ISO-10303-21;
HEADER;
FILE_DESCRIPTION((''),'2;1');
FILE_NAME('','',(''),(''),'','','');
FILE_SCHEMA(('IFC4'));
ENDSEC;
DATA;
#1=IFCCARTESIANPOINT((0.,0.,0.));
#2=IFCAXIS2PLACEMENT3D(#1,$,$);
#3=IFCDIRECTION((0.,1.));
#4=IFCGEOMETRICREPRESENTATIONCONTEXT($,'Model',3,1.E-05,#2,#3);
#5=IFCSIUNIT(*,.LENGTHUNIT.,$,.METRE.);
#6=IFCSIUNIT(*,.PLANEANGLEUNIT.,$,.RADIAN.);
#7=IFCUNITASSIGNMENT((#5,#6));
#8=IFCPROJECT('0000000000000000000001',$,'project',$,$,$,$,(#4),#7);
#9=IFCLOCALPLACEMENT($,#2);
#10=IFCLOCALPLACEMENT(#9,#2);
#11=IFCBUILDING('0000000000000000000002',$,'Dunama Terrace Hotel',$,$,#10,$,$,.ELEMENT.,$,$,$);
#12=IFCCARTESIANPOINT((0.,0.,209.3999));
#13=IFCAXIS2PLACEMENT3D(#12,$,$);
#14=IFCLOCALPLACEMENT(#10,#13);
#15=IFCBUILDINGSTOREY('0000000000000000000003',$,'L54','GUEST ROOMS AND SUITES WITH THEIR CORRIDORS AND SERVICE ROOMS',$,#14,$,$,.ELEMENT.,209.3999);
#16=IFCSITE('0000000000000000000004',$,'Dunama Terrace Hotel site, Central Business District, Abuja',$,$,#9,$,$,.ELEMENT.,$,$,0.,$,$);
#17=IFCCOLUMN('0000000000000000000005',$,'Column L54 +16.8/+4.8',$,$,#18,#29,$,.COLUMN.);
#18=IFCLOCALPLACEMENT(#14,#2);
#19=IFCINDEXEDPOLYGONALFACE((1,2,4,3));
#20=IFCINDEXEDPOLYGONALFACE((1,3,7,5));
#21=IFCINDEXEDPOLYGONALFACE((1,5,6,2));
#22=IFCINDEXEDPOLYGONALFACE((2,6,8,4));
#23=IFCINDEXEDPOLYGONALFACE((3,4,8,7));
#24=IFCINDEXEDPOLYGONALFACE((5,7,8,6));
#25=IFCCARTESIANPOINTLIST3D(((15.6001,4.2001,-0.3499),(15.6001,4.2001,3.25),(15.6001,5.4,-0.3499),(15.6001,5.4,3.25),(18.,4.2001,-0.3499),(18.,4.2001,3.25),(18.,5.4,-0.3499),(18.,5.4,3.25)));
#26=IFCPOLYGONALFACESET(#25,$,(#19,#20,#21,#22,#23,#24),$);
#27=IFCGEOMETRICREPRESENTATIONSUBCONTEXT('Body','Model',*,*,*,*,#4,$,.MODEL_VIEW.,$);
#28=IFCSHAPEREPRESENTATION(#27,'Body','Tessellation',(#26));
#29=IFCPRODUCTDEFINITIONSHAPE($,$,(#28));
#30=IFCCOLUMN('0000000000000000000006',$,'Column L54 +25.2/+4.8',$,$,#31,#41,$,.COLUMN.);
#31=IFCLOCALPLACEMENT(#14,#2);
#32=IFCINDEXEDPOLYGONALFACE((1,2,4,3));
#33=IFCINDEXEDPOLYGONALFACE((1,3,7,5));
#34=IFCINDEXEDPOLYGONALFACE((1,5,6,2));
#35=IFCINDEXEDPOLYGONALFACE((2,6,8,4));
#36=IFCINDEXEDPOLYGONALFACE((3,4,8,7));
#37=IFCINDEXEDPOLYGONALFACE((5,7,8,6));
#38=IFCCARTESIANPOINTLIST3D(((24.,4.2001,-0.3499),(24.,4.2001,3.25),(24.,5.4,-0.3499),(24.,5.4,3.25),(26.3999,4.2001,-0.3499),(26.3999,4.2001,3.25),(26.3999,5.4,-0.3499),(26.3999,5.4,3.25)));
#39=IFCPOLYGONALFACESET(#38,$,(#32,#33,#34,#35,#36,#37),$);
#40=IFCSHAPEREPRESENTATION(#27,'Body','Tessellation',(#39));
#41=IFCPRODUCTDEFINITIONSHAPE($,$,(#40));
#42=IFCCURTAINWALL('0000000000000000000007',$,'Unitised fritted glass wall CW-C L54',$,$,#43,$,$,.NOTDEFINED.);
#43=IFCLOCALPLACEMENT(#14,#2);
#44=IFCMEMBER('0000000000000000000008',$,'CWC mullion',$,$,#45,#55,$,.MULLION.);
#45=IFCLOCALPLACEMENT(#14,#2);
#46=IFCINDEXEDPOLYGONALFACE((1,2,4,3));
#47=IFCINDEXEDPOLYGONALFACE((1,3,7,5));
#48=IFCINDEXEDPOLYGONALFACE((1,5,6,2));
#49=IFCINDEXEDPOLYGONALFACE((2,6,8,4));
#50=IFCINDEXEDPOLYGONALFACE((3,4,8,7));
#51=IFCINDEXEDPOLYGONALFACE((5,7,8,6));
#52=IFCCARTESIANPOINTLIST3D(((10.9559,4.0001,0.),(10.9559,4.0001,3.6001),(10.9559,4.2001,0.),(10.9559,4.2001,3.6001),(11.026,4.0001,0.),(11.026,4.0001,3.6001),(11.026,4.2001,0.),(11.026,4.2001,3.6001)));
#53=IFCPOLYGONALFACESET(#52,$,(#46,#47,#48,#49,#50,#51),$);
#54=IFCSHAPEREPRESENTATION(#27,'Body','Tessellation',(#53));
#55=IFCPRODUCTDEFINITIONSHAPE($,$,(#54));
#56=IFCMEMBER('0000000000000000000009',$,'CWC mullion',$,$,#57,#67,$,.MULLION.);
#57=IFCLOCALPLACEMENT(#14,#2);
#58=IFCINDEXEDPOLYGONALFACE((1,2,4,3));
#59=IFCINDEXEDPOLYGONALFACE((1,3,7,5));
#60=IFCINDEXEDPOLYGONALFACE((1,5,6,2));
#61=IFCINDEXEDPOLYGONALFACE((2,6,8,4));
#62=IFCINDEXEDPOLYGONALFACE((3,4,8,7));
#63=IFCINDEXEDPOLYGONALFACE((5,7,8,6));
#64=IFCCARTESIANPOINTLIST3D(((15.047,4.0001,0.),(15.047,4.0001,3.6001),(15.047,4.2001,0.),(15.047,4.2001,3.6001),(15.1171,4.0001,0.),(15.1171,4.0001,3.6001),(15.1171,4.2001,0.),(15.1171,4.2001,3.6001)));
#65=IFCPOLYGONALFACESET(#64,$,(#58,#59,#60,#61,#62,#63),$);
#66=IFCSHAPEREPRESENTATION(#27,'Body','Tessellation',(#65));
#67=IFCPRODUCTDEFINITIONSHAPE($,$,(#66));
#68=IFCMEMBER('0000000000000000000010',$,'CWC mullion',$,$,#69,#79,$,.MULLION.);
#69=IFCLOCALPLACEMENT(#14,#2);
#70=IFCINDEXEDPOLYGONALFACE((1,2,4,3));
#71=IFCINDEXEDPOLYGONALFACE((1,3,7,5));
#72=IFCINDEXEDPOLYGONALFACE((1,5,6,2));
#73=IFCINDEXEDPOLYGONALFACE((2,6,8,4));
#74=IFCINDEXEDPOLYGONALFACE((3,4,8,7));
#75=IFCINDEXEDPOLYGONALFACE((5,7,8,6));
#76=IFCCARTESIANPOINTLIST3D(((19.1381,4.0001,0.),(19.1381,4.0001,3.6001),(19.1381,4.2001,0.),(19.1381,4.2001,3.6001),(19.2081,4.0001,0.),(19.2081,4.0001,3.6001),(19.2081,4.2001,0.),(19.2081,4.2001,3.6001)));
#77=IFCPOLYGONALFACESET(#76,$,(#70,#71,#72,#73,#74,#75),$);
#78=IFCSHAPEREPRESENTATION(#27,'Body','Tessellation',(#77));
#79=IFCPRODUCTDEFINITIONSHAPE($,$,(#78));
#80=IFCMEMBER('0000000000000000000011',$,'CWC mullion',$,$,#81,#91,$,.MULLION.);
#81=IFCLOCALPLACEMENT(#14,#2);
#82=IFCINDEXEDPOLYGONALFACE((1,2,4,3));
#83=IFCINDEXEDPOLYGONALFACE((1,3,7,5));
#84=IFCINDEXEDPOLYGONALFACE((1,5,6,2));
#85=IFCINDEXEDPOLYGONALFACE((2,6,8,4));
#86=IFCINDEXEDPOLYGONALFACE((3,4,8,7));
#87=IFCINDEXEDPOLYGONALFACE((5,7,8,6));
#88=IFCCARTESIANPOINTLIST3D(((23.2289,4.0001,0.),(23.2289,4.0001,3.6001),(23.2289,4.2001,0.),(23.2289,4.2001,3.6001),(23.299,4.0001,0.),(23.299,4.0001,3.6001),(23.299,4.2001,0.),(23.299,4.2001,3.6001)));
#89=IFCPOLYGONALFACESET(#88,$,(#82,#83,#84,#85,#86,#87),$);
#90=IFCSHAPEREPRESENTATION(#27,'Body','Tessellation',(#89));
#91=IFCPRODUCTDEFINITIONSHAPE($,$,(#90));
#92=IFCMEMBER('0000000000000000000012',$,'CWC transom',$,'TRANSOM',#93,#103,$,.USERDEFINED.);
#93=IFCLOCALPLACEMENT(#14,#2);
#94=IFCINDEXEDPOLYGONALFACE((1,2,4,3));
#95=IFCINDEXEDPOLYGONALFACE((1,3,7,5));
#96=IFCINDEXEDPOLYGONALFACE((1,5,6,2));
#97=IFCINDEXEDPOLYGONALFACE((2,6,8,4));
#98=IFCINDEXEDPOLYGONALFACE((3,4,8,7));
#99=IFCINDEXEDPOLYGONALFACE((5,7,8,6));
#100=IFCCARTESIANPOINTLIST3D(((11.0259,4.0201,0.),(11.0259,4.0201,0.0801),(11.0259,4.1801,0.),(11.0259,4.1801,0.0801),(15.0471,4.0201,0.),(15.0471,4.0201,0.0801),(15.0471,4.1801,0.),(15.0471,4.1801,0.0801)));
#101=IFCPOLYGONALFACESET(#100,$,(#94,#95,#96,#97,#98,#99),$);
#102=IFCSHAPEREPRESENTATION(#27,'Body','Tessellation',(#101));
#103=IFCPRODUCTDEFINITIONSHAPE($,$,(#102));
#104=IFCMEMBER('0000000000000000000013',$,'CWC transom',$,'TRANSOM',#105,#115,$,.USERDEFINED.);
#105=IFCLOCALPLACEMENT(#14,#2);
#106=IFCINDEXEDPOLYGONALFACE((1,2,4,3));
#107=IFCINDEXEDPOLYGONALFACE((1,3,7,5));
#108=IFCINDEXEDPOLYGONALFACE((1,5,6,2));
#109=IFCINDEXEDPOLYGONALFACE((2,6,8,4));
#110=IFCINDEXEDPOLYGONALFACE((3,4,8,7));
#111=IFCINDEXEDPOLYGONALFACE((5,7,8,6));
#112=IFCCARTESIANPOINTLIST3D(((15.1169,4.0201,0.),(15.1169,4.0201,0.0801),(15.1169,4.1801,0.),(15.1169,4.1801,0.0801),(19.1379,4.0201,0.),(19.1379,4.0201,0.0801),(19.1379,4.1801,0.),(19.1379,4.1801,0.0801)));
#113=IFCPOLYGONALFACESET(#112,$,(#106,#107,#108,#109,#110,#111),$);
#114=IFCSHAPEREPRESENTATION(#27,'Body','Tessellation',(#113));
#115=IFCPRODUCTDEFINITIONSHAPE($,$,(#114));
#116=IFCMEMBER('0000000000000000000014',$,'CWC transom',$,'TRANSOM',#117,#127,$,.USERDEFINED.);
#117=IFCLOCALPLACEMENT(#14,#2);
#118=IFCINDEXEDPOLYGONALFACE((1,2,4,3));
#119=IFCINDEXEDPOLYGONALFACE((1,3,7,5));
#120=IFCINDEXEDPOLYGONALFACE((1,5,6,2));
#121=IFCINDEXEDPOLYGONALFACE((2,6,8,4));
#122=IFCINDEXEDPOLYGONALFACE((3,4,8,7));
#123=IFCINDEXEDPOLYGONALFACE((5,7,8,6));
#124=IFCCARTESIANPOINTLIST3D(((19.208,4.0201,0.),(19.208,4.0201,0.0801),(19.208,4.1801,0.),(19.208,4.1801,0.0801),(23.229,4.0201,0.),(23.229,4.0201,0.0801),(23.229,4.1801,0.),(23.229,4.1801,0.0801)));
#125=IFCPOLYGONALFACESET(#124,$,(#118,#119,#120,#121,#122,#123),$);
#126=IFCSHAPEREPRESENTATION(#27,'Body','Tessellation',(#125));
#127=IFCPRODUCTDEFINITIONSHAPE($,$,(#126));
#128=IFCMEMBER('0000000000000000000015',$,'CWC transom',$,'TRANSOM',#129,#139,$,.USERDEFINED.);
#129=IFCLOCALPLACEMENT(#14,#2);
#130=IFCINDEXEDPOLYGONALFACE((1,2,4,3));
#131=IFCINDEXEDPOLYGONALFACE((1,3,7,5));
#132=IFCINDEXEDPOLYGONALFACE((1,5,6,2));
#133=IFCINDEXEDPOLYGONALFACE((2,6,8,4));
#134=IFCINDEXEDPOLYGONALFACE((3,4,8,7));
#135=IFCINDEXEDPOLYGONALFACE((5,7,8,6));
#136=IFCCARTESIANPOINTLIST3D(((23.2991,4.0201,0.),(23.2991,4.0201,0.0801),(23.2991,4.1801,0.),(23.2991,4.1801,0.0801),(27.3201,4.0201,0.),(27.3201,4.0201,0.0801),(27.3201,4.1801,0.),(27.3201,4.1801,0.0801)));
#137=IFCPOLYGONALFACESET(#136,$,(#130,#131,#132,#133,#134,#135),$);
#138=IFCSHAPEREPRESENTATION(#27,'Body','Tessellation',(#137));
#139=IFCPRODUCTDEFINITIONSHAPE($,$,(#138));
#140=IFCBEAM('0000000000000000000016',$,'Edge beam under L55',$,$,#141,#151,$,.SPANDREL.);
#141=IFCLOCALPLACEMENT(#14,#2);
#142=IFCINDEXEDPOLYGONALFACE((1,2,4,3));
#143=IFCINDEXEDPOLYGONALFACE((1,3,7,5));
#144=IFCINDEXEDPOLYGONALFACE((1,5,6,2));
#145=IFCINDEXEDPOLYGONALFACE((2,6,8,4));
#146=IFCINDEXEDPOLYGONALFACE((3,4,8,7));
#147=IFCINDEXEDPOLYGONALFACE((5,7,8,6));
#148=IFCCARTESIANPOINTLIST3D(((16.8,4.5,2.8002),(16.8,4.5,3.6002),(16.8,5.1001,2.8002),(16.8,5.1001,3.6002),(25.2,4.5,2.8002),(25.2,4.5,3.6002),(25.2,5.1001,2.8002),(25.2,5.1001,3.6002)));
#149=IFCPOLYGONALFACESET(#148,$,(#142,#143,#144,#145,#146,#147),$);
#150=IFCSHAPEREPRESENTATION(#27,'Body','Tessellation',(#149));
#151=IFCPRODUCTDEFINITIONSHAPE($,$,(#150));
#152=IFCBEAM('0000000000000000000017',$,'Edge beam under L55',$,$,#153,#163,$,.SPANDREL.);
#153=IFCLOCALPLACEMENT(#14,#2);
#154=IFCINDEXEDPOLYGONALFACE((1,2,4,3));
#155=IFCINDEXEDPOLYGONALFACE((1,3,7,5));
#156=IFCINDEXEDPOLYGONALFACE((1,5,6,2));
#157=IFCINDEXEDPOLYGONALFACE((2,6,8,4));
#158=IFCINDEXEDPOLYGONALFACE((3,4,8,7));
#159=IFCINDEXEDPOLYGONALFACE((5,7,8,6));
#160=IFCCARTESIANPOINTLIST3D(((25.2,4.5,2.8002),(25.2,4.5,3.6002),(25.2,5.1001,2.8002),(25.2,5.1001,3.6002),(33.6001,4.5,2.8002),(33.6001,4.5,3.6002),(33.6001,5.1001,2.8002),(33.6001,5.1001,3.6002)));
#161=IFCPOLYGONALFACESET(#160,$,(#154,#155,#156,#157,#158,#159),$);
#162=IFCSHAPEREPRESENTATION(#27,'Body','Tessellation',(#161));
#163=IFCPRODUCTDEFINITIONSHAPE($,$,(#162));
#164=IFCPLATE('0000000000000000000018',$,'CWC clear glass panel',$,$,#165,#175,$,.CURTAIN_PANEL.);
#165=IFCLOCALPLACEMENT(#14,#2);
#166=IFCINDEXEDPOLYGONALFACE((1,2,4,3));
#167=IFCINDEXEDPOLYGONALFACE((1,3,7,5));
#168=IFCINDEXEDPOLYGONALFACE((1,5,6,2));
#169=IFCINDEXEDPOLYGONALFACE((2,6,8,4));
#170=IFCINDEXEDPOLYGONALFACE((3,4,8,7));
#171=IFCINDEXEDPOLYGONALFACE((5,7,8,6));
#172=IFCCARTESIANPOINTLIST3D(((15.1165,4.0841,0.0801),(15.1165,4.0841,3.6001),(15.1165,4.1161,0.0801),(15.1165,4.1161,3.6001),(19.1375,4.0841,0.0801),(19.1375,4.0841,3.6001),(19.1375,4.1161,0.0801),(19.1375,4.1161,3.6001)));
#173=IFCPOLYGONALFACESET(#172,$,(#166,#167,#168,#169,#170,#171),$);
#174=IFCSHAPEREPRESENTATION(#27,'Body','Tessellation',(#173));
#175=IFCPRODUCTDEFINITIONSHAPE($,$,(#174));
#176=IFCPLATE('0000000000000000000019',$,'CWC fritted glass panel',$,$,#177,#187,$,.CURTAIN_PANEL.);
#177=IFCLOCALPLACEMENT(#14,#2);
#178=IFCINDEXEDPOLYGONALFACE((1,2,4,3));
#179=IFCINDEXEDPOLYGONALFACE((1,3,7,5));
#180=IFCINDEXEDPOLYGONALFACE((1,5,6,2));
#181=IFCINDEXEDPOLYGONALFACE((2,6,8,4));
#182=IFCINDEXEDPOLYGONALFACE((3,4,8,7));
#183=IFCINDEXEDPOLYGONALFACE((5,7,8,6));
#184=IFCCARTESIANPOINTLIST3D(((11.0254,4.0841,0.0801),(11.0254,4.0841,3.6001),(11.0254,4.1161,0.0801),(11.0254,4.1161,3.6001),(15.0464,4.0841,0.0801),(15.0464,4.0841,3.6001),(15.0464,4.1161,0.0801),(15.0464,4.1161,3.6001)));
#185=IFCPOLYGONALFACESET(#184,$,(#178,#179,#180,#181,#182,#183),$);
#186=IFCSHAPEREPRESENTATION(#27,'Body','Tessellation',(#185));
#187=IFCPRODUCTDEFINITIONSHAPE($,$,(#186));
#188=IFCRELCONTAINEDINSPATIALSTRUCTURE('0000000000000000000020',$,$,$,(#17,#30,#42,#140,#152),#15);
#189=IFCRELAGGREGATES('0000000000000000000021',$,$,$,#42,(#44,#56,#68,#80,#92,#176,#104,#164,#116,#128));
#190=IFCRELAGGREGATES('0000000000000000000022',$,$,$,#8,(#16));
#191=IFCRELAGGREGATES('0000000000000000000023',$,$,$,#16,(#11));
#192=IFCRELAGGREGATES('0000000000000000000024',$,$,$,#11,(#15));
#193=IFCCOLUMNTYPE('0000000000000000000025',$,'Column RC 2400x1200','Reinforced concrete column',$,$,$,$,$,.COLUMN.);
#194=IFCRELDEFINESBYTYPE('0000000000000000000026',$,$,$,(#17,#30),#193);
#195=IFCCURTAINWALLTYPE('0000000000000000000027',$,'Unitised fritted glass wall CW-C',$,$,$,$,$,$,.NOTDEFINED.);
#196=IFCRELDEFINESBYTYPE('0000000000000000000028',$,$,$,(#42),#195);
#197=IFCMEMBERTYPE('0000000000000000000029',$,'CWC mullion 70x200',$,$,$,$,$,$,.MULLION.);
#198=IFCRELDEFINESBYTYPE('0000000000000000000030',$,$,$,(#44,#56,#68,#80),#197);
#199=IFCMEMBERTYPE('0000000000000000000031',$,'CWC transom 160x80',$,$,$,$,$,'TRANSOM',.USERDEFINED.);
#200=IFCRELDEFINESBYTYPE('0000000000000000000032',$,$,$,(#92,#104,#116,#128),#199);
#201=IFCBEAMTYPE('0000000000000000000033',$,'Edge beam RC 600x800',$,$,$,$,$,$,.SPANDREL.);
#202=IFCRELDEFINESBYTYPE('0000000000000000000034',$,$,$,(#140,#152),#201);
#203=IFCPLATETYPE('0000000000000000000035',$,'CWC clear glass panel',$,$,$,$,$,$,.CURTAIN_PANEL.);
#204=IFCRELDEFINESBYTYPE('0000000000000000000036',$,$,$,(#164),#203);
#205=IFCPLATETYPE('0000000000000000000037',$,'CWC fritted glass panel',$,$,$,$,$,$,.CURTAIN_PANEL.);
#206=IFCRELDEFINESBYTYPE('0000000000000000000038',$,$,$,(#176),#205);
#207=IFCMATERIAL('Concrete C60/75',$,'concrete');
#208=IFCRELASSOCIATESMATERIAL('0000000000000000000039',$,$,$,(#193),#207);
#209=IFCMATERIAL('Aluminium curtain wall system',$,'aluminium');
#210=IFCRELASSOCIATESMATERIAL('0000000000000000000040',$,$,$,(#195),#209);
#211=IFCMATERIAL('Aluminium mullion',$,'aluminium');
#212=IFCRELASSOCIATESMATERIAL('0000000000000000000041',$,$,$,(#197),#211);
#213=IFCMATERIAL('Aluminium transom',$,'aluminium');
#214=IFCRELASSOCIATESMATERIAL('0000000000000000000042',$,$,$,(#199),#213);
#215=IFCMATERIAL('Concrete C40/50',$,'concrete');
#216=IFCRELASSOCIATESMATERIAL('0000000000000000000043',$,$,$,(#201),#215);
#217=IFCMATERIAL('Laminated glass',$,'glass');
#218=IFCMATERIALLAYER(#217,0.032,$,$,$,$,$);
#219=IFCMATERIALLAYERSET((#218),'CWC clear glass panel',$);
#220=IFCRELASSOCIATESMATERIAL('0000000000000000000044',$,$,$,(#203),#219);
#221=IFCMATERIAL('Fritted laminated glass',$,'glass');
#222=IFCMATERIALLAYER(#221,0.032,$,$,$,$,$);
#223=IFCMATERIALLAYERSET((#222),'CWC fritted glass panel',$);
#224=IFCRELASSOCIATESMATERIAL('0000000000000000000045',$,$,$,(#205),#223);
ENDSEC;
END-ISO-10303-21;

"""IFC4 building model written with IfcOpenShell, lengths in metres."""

from ifc_helpers import new_model, si_unit, direction, frame, origin, origin_2d, place, context, subcontext, project, spatial, rectangle, extrude, material, layer, layer_set, material_profile, profile_set, type_object, element, aggregate, save


model = new_model("IFC4")

# Units and contexts
model_context = context("Model", 3, precision=1e-05, world=origin(), true_north=direction((0.0, 1.0)))
body_context = subcontext(model_context, "Body", "Model", "MODEL_VIEW")
ifc_project = project(units=[si_unit("LENGTHUNIT", "METRE"), si_unit("PLANEANGLEUNIT", "RADIAN")], contexts=[model_context])

# Site, building, storey
site_placement = place(None, origin())
site = spatial("IfcSite", under=ifc_project, at=site_placement, Name="Dunama Terrace Hotel site, Central Business District, Abuja", CompositionType="ELEMENT", RefElevation=0.0)
building_placement = place(site_placement, origin())
building = spatial("IfcBuilding", under=site, at=building_placement, Name="Dunama Terrace Hotel", CompositionType="ELEMENT")
storey_placement = place(building_placement, frame((0.0, 0.0, 209.3999)))
storey = spatial("IfcBuildingStorey", under=building, at=storey_placement, Name="L54", Description="GUEST ROOMS AND SUITES WITH THEIR CORRIDORS AND SERVICE ROOMS", CompositionType="ELEMENT", Elevation=209.3999)

# Columns
ifc_material_1 = material(Name="Concrete C60/75", Category="concrete")
ifc_material_profile_1 = material_profile(ifc_material_1, rectangle(XDim=2.3999, YDim=1.2, at=origin_2d()), Name="RC 2400x1200")
ifc_profile_set_1 = profile_set([ifc_material_profile_1], Name="Concrete C60/75")
column_type = type_object("IfcColumnType", Name="Column RC 2400x1200", Description="Reinforced concrete column", PredefinedType="COLUMN", material=ifc_profile_set_1)
for number, where, z_axis, x_axis, name in (
    (1, (16.8, 4.8, -0.3499), (0.0, 0.0, 1.0), (1.0, 0.0, 0.0), "Column L54 +16.8/+4.8"),
    (2, (25.2, 4.8, -0.3499), (0.0, 0.0, 1.0), (1.0, 0.0, 0.0), "Column L54 +25.2/+4.8"),
):
    element("IfcColumn", number, at=place(storey_placement, frame(where, z_axis=z_axis, x_axis=x_axis)), inside=storey, type_object=column_type, Name=name, PredefinedType="COLUMN", context=body_context, shape_type="SweptSolid", body=[
        extrude(rectangle(XDim=2.3999, YDim=1.2, at=origin_2d()), origin(), (0.0, 0.0, 1.0), 3.5999),
    ])

# Curtain wall, members
ifc_material_2 = material(Name="Aluminium curtain wall system", Category="aluminium")
curtain_wall_type = type_object("IfcCurtainWallType", Name="Unitised fritted glass wall CW-C", PredefinedType="NOTDEFINED", material=ifc_material_2)
curtain_wall_placement = place(storey_placement, origin())
curtain_wall = element("IfcCurtainWall", 3, at=curtain_wall_placement, inside=storey, type_object=curtain_wall_type, Name="Unitised fritted glass wall CW-C L54", PredefinedType="NOTDEFINED")
ifc_material_3 = material(Name="Aluminium mullion", Category="aluminium")
ifc_material_profile_2 = material_profile(ifc_material_3, rectangle(XDim=0.0701, YDim=0.2, at=origin_2d()), Name="CWC MULLION 70X200")
ifc_profile_set_2 = profile_set([ifc_material_profile_2], Name="Aluminium mullion")
member_type_1 = type_object("IfcMemberType", Name="CWC mullion 70x200", PredefinedType="MULLION", material=ifc_profile_set_2)
member_1_placement = place(storey_placement, frame((10.991, 4.1001, 0.0), z_axis=(0.0, 0.0, 1.0), x_axis=(1.0, 0.0, 0.0)))
member_1 = element("IfcMember", 4, at=member_1_placement, type_object=member_type_1, Name="CWC mullion", PredefinedType="MULLION", context=body_context, shape_type="SweptSolid", body=[
    extrude(rectangle(XDim=0.0701, YDim=0.2, at=origin_2d()), origin(), (0.0, 0.0, 1.0), 3.6001),
])
member_2_placement = place(storey_placement, frame((15.082, 4.1001, 0.0), z_axis=(0.0, 0.0, 1.0), x_axis=(1.0, 0.0, 0.0)))
member_2 = element("IfcMember", 5, at=member_2_placement, type_object=member_type_1, Name="CWC mullion", PredefinedType="MULLION", context=body_context, shape_type="SweptSolid", body=[
    extrude(rectangle(XDim=0.0701, YDim=0.2, at=origin_2d()), origin(), (0.0, 0.0, 1.0), 3.6001),
])
member_3_placement = place(storey_placement, frame((19.1731, 4.1001, 0.0), z_axis=(0.0, 0.0, 1.0), x_axis=(1.0, 0.0, 0.0)))
member_3 = element("IfcMember", 6, at=member_3_placement, type_object=member_type_1, Name="CWC mullion", PredefinedType="MULLION", context=body_context, shape_type="SweptSolid", body=[
    extrude(rectangle(XDim=0.0701, YDim=0.2, at=origin_2d()), origin(), (0.0, 0.0, 1.0), 3.6001),
])
member_4_placement = place(storey_placement, frame((23.2639, 4.1001, 0.0), z_axis=(0.0, 0.0, 1.0), x_axis=(1.0, 0.0, 0.0)))
member_4 = element("IfcMember", 7, at=member_4_placement, type_object=member_type_1, Name="CWC mullion", PredefinedType="MULLION", context=body_context, shape_type="SweptSolid", body=[
    extrude(rectangle(XDim=0.0701, YDim=0.2, at=origin_2d()), origin(), (0.0, 0.0, 1.0), 3.6001),
])
ifc_material_4 = material(Name="Aluminium transom", Category="aluminium")
ifc_material_profile_3 = material_profile(ifc_material_4, rectangle(XDim=0.1599, YDim=0.0801, at=origin_2d()), Name="CWC TRANSOM 160X80")
ifc_profile_set_3 = profile_set([ifc_material_profile_3], Name="Aluminium transom")
member_type_2 = type_object("IfcMemberType", Name="CWC transom 160x80", ElementType="TRANSOM", PredefinedType="USERDEFINED", material=ifc_profile_set_3)
member_5_placement = place(storey_placement, frame((11.0259, 4.1001, 0.04), z_axis=(1.0, 0.0, 0.0), x_axis=(0.0, 1.0, 0.0)))
member_5 = element("IfcMember", 8, at=member_5_placement, type_object=member_type_2, Name="CWC transom", ObjectType="TRANSOM", PredefinedType="USERDEFINED", context=body_context, shape_type="SweptSolid", body=[
    extrude(rectangle(XDim=0.1599, YDim=0.0801, at=origin_2d()), origin(), (0.0, 0.0, 1.0), 4.0212),
])
member_6_placement = place(storey_placement, frame((15.1169, 4.1001, 0.04), z_axis=(1.0, 0.0, 0.0), x_axis=(0.0, 1.0, 0.0)))
member_6 = element("IfcMember", 9, at=member_6_placement, type_object=member_type_2, Name="CWC transom", ObjectType="TRANSOM", PredefinedType="USERDEFINED", context=body_context, shape_type="SweptSolid", body=[
    extrude(rectangle(XDim=0.1599, YDim=0.0801, at=origin_2d()), origin(), (0.0, 0.0, 1.0), 4.021),
])
member_7_placement = place(storey_placement, frame((19.208, 4.1001, 0.04), z_axis=(1.0, 0.0, 0.0), x_axis=(0.0, 1.0, 0.0)))
member_7 = element("IfcMember", 10, at=member_7_placement, type_object=member_type_2, Name="CWC transom", ObjectType="TRANSOM", PredefinedType="USERDEFINED", context=body_context, shape_type="SweptSolid", body=[
    extrude(rectangle(XDim=0.1599, YDim=0.0801, at=origin_2d()), origin(), (0.0, 0.0, 1.0), 4.021),
])
member_8_placement = place(storey_placement, frame((23.2991, 4.1001, 0.04), z_axis=(1.0, 0.0, 0.0), x_axis=(0.0, 1.0, 0.0)))
member_8 = element("IfcMember", 11, at=member_8_placement, type_object=member_type_2, Name="CWC transom", ObjectType="TRANSOM", PredefinedType="USERDEFINED", context=body_context, shape_type="SweptSolid", body=[
    extrude(rectangle(XDim=0.1599, YDim=0.0801, at=origin_2d()), origin(), (0.0, 0.0, 1.0), 4.021),
])

# Beams
ifc_material_5 = material(Name="Concrete C40/50", Category="concrete")
ifc_material_profile_4 = material_profile(ifc_material_5, rectangle(XDim=0.6001, YDim=0.8, at=origin_2d()), Name="RC 600x800")
ifc_profile_set_4 = profile_set([ifc_material_profile_4], Name="Concrete C40/50")
beam_type = type_object("IfcBeamType", Name="Edge beam RC 600x800", PredefinedType="SPANDREL", material=ifc_profile_set_4)
beam_1_placement = place(storey_placement, frame((16.8, 4.8, 3.2002), z_axis=(1.0, 0.0, 0.0), x_axis=(0.0, 1.0, 0.0)))
element("IfcBeam", 12, at=beam_1_placement, inside=storey, type_object=beam_type, Name="Edge beam under L55", PredefinedType="SPANDREL", context=body_context, shape_type="SweptSolid", body=[
    extrude(rectangle(XDim=0.6001, YDim=0.8, at=origin_2d()), origin(), (0.0, 0.0, 1.0), 8.3999),
])
beam_2_placement = place(storey_placement, frame((25.2, 4.8, 3.2002), z_axis=(1.0, 0.0, 0.0), x_axis=(0.0, 1.0, 0.0)))
element("IfcBeam", 13, at=beam_2_placement, inside=storey, type_object=beam_type, Name="Edge beam under L55", PredefinedType="SPANDREL", context=body_context, shape_type="SweptSolid", body=[
    extrude(rectangle(XDim=0.6001, YDim=0.8, at=origin_2d()), origin(), (0.0, 0.0, 1.0), 8.4001),
])

# Plates
ifc_material_6 = material(Name="Laminated glass", Category="glass")
ifc_layer_1 = layer(ifc_material_6, 0.032)
ifc_layer_set_1 = layer_set([ifc_layer_1], Name="CWC clear glass panel")
plate_type_1 = type_object("IfcPlateType", Name="CWC clear glass panel", PredefinedType="CURTAIN_PANEL", material=ifc_layer_set_1)
plate_1_placement = place(storey_placement, frame((17.127, 4.1001, 0.0801), z_axis=(0.0, 0.0, 1.0), x_axis=(1.0, 0.0, 0.0)))
plate_1 = element("IfcPlate", 14, at=plate_1_placement, type_object=plate_type_1, Name="CWC clear glass panel", PredefinedType="CURTAIN_PANEL", context=body_context, shape_type="SweptSolid", body=[
    extrude(rectangle(XDim=4.021, YDim=0.032, at=origin_2d()), origin(), (0.0, 0.0, 1.0), 3.52),
])
ifc_material_7 = material(Name="Fritted laminated glass", Category="glass")
ifc_layer_2 = layer(ifc_material_7, 0.032)
ifc_layer_set_2 = layer_set([ifc_layer_2], Name="CWC fritted glass panel")
plate_type_2 = type_object("IfcPlateType", Name="CWC fritted glass panel", PredefinedType="CURTAIN_PANEL", material=ifc_layer_set_2)
plate_2_placement = place(storey_placement, frame((13.0359, 4.1001, 0.0801), z_axis=(0.0, 0.0, 1.0), x_axis=(1.0, 0.0, 0.0)))
plate_2 = element("IfcPlate", 15, at=plate_2_placement, type_object=plate_type_2, Name="CWC fritted glass panel", PredefinedType="CURTAIN_PANEL", context=body_context, shape_type="SweptSolid", body=[
    extrude(rectangle(XDim=4.021, YDim=0.032, at=origin_2d()), origin(), (0.0, 0.0, 1.0), 3.52),
])
aggregate(curtain_wall, [member_1, member_2, member_3, member_4, member_5, plate_2, member_6, plate_1, member_7, member_8])

save(model, "model.ifc")
